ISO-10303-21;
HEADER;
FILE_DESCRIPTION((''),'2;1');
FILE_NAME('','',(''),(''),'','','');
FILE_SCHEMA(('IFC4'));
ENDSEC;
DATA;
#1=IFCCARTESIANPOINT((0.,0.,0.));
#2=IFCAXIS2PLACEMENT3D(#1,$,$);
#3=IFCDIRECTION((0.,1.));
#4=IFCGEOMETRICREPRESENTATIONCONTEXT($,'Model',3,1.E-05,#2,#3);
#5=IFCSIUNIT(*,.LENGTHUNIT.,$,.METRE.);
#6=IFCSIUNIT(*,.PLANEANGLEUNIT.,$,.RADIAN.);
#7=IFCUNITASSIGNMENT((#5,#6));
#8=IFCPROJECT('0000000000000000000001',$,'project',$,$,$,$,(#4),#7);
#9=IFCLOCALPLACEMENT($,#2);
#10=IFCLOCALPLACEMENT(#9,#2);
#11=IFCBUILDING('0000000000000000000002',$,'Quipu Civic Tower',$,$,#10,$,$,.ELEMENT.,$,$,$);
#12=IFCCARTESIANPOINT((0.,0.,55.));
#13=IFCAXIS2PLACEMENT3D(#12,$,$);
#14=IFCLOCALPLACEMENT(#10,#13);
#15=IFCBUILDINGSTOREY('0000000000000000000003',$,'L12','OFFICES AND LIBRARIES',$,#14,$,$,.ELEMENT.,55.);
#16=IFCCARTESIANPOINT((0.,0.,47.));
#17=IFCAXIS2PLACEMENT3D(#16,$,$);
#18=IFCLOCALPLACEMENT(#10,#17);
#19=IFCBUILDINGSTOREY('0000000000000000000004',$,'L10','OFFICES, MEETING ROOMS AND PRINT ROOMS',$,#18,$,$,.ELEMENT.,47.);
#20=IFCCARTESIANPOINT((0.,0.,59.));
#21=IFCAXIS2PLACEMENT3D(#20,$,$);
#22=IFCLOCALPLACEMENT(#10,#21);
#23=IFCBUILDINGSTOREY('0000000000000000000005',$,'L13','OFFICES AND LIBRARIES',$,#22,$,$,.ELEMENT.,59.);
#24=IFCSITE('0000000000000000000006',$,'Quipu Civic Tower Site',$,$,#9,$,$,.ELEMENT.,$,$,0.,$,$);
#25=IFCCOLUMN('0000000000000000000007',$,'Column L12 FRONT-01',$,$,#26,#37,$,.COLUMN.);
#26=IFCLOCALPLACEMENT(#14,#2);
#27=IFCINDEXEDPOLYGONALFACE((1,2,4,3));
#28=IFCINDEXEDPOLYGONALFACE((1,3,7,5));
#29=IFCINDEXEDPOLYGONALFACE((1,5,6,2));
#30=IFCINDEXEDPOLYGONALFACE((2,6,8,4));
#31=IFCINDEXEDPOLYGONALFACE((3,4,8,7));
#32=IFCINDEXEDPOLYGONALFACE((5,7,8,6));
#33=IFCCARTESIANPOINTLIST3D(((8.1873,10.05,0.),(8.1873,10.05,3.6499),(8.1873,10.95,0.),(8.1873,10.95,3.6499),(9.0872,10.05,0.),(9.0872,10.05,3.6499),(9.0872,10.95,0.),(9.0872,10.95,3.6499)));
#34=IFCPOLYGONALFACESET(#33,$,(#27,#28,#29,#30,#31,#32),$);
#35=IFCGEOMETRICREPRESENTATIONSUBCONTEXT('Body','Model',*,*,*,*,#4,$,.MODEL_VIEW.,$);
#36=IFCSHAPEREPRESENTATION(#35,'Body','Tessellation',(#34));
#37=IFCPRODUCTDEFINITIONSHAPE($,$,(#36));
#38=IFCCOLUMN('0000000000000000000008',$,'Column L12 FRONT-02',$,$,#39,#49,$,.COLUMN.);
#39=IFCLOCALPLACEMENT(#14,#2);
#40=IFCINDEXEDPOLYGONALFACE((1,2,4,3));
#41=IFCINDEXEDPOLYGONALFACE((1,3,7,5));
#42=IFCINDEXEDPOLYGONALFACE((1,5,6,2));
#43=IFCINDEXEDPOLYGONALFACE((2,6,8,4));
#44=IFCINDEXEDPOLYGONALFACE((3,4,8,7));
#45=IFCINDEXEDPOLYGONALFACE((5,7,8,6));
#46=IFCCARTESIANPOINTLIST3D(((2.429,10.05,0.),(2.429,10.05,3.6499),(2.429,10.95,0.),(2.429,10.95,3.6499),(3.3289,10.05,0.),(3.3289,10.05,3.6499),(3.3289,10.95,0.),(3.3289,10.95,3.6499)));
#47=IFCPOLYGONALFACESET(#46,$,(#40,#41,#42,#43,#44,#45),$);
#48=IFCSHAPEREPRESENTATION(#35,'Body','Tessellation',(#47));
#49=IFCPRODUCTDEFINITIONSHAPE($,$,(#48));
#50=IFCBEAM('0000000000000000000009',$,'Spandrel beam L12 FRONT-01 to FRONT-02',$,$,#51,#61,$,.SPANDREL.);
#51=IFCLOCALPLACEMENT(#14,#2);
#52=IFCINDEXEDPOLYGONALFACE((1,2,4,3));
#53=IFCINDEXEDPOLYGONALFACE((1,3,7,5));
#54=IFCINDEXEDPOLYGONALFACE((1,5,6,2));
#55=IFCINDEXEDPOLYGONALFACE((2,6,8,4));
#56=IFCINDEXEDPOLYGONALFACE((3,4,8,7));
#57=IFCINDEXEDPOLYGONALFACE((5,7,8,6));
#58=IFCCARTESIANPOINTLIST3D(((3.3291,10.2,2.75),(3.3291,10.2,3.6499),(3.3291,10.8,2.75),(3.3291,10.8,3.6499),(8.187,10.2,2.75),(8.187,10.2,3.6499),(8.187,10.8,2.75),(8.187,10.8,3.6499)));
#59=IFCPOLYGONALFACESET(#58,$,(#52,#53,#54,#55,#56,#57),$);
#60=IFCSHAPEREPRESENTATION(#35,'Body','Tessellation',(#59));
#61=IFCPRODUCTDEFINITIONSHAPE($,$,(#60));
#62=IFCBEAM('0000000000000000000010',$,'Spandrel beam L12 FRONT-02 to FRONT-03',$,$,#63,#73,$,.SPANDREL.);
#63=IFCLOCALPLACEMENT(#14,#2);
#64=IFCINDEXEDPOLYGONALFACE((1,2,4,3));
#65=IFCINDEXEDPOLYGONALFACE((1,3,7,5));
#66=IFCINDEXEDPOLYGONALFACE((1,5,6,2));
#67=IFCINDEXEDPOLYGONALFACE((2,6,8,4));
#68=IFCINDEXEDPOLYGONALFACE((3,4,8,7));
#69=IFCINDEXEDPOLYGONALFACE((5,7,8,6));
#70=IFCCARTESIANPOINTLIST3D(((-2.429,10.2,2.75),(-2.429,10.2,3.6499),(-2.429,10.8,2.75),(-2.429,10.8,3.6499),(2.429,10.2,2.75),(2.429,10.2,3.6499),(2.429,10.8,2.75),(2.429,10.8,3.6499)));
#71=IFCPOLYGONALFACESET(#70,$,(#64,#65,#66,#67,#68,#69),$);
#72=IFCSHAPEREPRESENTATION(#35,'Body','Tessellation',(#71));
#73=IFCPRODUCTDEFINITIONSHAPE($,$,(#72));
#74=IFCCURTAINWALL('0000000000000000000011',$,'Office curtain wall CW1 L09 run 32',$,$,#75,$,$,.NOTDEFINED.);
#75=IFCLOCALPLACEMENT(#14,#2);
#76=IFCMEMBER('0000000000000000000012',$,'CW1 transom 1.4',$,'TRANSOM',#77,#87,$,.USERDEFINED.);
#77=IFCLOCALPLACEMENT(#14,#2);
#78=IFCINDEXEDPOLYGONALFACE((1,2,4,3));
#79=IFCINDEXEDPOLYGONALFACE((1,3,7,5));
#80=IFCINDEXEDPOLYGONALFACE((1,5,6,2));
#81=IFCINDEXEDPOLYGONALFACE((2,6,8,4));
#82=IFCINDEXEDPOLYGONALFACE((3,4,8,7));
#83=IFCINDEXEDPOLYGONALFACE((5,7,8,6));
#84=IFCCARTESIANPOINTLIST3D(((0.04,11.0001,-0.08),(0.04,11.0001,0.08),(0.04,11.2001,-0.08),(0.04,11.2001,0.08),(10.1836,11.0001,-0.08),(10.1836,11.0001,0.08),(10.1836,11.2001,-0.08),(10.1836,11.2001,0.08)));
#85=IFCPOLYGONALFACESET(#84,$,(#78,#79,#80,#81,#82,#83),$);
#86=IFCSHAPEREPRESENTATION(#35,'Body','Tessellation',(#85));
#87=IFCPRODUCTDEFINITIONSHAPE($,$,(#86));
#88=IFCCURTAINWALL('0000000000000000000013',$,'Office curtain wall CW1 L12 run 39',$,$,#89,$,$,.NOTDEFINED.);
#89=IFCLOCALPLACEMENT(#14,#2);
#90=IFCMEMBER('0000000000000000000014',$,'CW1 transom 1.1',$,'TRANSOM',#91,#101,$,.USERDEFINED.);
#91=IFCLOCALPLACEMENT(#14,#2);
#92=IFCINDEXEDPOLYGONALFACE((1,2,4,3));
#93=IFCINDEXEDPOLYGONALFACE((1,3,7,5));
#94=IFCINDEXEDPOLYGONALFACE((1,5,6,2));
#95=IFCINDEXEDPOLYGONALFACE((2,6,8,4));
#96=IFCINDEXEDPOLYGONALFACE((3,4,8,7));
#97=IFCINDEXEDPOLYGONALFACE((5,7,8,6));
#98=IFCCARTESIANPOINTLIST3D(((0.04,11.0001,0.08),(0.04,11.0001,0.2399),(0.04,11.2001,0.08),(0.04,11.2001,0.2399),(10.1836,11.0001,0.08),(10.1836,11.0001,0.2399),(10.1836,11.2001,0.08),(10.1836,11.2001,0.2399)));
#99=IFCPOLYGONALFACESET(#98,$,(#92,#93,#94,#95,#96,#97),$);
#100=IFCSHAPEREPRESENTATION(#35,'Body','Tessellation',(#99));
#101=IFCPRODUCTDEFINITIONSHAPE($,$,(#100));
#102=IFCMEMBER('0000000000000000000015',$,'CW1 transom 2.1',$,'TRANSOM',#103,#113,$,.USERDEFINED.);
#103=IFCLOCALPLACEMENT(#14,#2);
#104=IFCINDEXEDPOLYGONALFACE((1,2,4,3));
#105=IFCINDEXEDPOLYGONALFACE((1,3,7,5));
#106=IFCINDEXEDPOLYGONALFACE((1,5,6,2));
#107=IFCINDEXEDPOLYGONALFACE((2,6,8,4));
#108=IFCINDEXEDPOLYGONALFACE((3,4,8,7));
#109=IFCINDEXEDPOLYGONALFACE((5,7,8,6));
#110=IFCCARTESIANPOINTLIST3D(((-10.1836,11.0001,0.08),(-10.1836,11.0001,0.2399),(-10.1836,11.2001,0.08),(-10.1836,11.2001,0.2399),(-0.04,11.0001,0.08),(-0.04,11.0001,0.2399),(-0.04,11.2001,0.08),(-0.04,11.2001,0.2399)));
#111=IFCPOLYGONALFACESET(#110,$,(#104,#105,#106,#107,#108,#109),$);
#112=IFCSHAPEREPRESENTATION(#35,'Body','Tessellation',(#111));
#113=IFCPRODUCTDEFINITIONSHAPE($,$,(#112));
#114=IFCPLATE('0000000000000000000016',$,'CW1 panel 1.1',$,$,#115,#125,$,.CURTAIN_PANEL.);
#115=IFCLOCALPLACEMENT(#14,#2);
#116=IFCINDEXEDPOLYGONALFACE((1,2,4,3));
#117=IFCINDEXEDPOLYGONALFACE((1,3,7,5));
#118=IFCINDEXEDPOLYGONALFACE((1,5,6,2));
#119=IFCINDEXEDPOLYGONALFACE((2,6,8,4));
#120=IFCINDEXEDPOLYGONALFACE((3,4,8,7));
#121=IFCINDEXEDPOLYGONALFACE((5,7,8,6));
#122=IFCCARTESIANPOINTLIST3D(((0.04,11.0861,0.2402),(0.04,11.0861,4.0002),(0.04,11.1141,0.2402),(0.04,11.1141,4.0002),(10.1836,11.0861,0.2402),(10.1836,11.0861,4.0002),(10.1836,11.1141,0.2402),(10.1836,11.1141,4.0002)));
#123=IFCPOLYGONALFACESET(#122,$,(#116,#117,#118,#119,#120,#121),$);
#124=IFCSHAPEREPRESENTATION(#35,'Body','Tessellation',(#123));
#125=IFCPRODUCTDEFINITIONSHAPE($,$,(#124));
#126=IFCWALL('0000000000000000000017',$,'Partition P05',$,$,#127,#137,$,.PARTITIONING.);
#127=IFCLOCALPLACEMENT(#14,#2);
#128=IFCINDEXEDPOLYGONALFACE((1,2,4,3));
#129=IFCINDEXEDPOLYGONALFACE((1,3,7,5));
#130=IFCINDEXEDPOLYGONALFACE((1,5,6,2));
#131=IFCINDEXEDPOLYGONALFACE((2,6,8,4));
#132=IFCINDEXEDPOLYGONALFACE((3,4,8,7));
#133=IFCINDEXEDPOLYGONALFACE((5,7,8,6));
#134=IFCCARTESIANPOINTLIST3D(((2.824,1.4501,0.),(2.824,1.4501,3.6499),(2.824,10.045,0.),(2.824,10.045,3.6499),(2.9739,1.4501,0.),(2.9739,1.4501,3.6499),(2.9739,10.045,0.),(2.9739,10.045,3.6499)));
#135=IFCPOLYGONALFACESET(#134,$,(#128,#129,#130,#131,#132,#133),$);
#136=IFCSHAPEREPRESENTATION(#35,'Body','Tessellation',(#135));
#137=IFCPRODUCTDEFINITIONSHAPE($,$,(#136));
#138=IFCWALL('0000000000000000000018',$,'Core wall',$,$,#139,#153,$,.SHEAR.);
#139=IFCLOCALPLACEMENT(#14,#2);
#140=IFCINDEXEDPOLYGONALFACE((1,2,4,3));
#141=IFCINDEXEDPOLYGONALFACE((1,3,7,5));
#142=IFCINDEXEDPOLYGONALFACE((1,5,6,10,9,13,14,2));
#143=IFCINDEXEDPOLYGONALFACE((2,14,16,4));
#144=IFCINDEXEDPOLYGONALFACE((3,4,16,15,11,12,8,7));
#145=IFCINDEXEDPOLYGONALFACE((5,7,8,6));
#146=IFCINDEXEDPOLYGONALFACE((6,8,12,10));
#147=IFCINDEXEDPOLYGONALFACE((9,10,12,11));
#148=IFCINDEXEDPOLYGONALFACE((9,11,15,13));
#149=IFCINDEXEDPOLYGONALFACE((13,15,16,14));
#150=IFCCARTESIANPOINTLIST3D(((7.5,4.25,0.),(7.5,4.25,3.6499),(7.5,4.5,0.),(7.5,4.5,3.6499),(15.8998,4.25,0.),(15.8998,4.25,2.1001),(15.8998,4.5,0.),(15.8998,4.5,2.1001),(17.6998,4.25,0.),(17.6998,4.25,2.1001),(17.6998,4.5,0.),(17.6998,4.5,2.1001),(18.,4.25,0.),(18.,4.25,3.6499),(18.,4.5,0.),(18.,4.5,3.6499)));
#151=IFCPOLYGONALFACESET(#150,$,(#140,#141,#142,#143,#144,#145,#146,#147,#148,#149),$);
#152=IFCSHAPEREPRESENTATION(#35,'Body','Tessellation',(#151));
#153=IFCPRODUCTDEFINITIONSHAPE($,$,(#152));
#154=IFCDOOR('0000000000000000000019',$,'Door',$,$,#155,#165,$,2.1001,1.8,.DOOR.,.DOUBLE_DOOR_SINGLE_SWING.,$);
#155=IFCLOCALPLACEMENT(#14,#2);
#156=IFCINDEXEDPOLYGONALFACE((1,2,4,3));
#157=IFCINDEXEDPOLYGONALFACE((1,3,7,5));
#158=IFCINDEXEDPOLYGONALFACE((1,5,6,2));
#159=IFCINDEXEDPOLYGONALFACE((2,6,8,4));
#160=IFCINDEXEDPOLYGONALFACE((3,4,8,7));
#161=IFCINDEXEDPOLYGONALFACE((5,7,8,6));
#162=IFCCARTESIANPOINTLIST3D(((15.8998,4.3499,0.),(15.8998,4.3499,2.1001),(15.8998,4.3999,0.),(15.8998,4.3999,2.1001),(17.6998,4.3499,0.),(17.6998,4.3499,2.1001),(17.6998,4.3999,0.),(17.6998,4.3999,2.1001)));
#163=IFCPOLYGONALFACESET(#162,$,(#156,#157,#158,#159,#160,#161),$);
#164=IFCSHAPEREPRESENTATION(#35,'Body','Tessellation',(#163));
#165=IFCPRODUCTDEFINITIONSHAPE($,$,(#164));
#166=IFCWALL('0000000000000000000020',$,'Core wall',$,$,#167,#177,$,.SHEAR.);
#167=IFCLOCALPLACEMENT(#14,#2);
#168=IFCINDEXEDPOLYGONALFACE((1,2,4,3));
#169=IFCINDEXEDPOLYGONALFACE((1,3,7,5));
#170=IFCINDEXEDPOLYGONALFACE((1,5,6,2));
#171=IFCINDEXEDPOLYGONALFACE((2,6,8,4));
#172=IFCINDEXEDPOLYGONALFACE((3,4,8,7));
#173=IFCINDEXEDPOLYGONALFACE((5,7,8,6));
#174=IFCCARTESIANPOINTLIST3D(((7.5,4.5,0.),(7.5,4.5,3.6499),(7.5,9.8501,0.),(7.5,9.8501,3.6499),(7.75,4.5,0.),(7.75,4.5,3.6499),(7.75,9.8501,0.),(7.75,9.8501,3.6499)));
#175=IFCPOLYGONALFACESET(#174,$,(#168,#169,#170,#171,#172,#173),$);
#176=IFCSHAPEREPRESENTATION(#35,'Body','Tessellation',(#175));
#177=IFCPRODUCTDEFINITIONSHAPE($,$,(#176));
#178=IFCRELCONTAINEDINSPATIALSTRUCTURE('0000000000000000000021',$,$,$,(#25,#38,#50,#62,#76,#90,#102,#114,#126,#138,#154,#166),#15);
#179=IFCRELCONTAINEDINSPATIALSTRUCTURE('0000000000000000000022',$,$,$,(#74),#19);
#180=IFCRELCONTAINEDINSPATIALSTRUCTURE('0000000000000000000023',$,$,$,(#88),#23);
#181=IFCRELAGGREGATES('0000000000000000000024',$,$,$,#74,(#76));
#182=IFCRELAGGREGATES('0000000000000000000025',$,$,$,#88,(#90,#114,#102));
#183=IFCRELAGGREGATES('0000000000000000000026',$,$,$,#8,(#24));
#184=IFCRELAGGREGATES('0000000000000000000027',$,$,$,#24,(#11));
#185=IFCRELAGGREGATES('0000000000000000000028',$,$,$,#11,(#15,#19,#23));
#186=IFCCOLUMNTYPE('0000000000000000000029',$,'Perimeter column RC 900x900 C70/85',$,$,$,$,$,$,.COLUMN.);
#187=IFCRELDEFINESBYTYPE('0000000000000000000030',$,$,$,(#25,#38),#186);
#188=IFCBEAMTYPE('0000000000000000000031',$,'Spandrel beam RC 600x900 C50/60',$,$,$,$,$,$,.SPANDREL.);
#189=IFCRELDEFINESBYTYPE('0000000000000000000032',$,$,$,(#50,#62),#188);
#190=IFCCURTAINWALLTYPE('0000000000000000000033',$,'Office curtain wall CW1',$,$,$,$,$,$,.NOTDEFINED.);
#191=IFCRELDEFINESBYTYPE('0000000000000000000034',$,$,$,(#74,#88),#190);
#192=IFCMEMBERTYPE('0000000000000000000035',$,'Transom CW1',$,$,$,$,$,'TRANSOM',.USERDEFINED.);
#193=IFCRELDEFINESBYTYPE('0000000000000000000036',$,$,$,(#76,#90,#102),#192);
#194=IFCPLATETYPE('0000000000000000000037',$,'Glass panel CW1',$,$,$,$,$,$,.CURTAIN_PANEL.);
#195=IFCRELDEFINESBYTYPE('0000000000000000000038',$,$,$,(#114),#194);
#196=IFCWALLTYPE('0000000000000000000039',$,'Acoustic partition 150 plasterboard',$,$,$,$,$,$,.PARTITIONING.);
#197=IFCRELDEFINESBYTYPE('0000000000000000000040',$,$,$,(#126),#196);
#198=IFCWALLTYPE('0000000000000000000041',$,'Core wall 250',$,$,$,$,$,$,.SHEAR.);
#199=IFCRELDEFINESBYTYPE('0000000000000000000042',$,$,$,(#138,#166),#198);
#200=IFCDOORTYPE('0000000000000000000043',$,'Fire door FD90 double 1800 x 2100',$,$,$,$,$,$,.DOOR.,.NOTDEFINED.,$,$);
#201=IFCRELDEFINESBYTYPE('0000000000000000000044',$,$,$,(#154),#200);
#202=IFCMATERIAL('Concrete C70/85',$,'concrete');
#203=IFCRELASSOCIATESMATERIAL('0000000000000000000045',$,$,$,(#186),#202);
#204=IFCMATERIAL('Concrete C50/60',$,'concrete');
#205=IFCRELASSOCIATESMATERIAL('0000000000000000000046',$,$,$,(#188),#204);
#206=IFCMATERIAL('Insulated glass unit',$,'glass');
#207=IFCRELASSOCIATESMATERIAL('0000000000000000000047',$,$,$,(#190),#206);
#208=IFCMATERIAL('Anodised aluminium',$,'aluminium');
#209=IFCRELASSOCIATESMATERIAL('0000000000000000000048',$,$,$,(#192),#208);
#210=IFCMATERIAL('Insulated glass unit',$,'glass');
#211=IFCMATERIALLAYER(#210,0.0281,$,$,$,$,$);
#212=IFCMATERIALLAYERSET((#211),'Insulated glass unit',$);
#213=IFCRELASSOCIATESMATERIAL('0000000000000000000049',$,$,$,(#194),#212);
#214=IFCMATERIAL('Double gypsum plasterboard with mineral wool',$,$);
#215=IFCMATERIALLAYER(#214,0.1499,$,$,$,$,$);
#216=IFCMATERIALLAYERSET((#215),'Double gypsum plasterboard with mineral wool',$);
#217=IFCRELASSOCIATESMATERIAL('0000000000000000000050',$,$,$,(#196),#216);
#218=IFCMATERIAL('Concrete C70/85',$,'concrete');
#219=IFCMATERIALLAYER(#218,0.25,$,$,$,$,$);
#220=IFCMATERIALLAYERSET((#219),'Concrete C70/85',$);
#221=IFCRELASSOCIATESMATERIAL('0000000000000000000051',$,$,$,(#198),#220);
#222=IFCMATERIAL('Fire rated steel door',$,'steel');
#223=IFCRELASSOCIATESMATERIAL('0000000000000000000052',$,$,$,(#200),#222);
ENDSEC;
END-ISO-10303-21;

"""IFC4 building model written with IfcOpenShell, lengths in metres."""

from ifc_helpers import new_model, si_unit, direction, frame, frame_2d, origin, origin_2d, place, context, subcontext, project, spatial, rectangle, extrude, material, layer, layer_set, material_profile, profile_set, type_object, element, fill, aggregate, save


model = new_model("IFC4")

# Units and contexts
model_context = context("Model", 3, precision=1e-05, world=origin(), true_north=direction((0.0, 1.0)))
body_context = subcontext(model_context, "Body", "Model", "MODEL_VIEW")
ifc_project = project(units=[si_unit("LENGTHUNIT", "METRE"), si_unit("PLANEANGLEUNIT", "RADIAN")], contexts=[model_context])

# Site, building, storey
site_placement = place(None, origin())
site = spatial("IfcSite", under=ifc_project, at=site_placement, Name="Quipu Civic Tower Site", CompositionType="ELEMENT", RefElevation=0.0)
building_placement = place(site_placement, origin())
building = spatial("IfcBuilding", under=site, at=building_placement, Name="Quipu Civic Tower", CompositionType="ELEMENT")
storey_1_placement = place(building_placement, frame((0.0, 0.0, 55.0)))
storey_1 = spatial("IfcBuildingStorey", under=building, at=storey_1_placement, Name="L12", Description="OFFICES AND LIBRARIES", CompositionType="ELEMENT", Elevation=55.0)

# Columns
ifc_material_1 = material(Name="Concrete C70/85", Category="concrete")
ifc_material_profile_1 = material_profile(ifc_material_1, rectangle(XDim=0.8999, YDim=0.8999, at=origin_2d()), Name="RC900x900")
ifc_profile_set_1 = profile_set([ifc_material_profile_1], Name="Concrete C70/85")
column_type = type_object("IfcColumnType", Name="Perimeter column RC 900x900 C70/85", PredefinedType="COLUMN", material=ifc_profile_set_1)
for number, where, z_axis, x_axis, name in (
    (1, (8.6372, 10.5, 0.0), (0.0, 0.0, 1.0), (-1.0, 0.0, 0.0), "Column L12 FRONT-01"),
    (2, (2.8789, 10.5, 0.0), (0.0, 0.0, 1.0), (-1.0, 0.0, 0.0), "Column L12 FRONT-02"),
):
    element("IfcColumn", number, at=place(storey_1_placement, frame(where, z_axis=z_axis, x_axis=x_axis)), inside=storey_1, type_object=column_type, Name=name, PredefinedType="COLUMN", context=body_context, shape_type="SweptSolid", body=[
        extrude(rectangle(XDim=0.8999, YDim=0.8999, at=origin_2d()), origin(), (0.0, 0.0, 1.0), 3.6499),
    ])

# Beams
ifc_material_2 = material(Name="Concrete C50/60", Category="concrete")
ifc_material_profile_2 = material_profile(ifc_material_2, rectangle(XDim=0.6001, YDim=0.8999, at=origin_2d()), Name="RC600x900")
ifc_profile_set_2 = profile_set([ifc_material_profile_2], Name="Concrete C50/60")
beam_type = type_object("IfcBeamType", Name="Spandrel beam RC 600x900 C50/60", PredefinedType="SPANDREL", material=ifc_profile_set_2)
for number, where, z_axis, x_axis, name in (
    (3, (8.187, 10.5, 3.2), (-1.0, 0.0, 0.0), (0.0, -1.0, 0.0), "Spandrel beam L12 FRONT-01 to FRONT-02"),
    (4, (2.429, 10.5, 3.2), (-1.0, 0.0, 0.0), (0.0, -1.0, 0.0), "Spandrel beam L12 FRONT-02 to FRONT-03"),
):
    element("IfcBeam", number, at=place(storey_1_placement, frame(where, z_axis=z_axis, x_axis=x_axis)), inside=storey_1, type_object=beam_type, Name=name, PredefinedType="SPANDREL", context=body_context, shape_type="SweptSolid", body=[
        extrude(rectangle(XDim=0.6001, YDim=0.8999, at=origin_2d()), origin(), (0.0, 0.0, 1.0), 4.8579),
    ])

# Shared definitions
storey_2_placement = place(building_placement, frame((0.0, 0.0, 47.0)))
storey_2 = spatial("IfcBuildingStorey", under=building, at=storey_2_placement, Name="L10", Description="OFFICES, MEETING ROOMS AND PRINT ROOMS", CompositionType="ELEMENT", Elevation=47.0)

# Curtain wall, member
ifc_material_3 = material(Name="Insulated glass unit", Category="glass")
curtain_wall_type = type_object("IfcCurtainWallType", Name="Office curtain wall CW1", PredefinedType="NOTDEFINED", material=ifc_material_3)
curtain_wall_1_placement = place(storey_2_placement, origin())
curtain_wall_1 = element("IfcCurtainWall", 5, at=curtain_wall_1_placement, inside=storey_2, type_object=curtain_wall_type, Name="Office curtain wall CW1 L09 run 32", PredefinedType="NOTDEFINED")
ifc_material_4 = material(Name="Anodised aluminium", Category="aluminium")
ifc_material_profile_3 = material_profile(ifc_material_4, rectangle(XDim=0.2, YDim=0.1599, at=origin_2d()), Name="RECT 200x160")
ifc_profile_set_3 = profile_set([ifc_material_profile_3], Name="Anodised aluminium")
member_type = type_object("IfcMemberType", Name="Transom CW1", ElementType="TRANSOM", PredefinedType="USERDEFINED", material=ifc_profile_set_3)
member_1_placement = place(storey_1_placement, frame((10.1836, 11.1001, 0.0), z_axis=(-1.0, 0.0, 0.0), x_axis=(0.0, -1.0, 0.0)))
member_1 = element("IfcMember", 6, at=member_1_placement, inside=storey_1, type_object=member_type, Name="CW1 transom 1.4", ObjectType="TRANSOM", PredefinedType="USERDEFINED", context=body_context, shape_type="SweptSolid", body=[
    extrude(rectangle(XDim=0.2, YDim=0.1599, at=origin_2d()), origin(), (0.0, 0.0, 1.0), 10.1436),
])
aggregate(curtain_wall_1, [member_1])

# Shared definitions
storey_3_placement = place(building_placement, frame((0.0, 0.0, 59.0)))
storey_3 = spatial("IfcBuildingStorey", under=building, at=storey_3_placement, Name="L13", Description="OFFICES AND LIBRARIES", CompositionType="ELEMENT", Elevation=59.0)

# Curtain wall, members, plate
curtain_wall_2_placement = place(storey_3_placement, origin())
curtain_wall_2 = element("IfcCurtainWall", 7, at=curtain_wall_2_placement, inside=storey_3, type_object=curtain_wall_type, Name="Office curtain wall CW1 L12 run 39", PredefinedType="NOTDEFINED")
member_2_placement = place(storey_1_placement, frame((10.1836, 11.1001, 0.1599), z_axis=(-1.0, 0.0, 0.0), x_axis=(0.0, -1.0, 0.0)))
member_2 = element("IfcMember", 8, at=member_2_placement, inside=storey_1, type_object=member_type, Name="CW1 transom 1.1", ObjectType="TRANSOM", PredefinedType="USERDEFINED", context=body_context, shape_type="SweptSolid", body=[
    extrude(rectangle(XDim=0.2, YDim=0.1599, at=origin_2d()), origin(), (0.0, 0.0, 1.0), 10.1436),
])
member_3_placement = place(storey_1_placement, frame((-0.04, 11.1001, 0.1599), z_axis=(-1.0, 0.0, 0.0), x_axis=(0.0, -1.0, 0.0)))
member_3 = element("IfcMember", 9, at=member_3_placement, inside=storey_1, type_object=member_type, Name="CW1 transom 2.1", ObjectType="TRANSOM", PredefinedType="USERDEFINED", context=body_context, shape_type="SweptSolid", body=[
    extrude(rectangle(XDim=0.2, YDim=0.1599, at=origin_2d()), origin(), (0.0, 0.0, 1.0), 10.1436),
])
ifc_material_5 = material(Name="Insulated glass unit", Category="glass")
ifc_layer_1 = layer(ifc_material_5, 0.0281)
ifc_layer_set_1 = layer_set([ifc_layer_1], Name="Insulated glass unit")
plate_type = type_object("IfcPlateType", Name="Glass panel CW1", PredefinedType="CURTAIN_PANEL", material=ifc_layer_set_1)
plate_placement = place(storey_1_placement, frame((5.1118, 11.1001, 0.2402), z_axis=(0.0, 0.0, 1.0), x_axis=(-1.0, 0.0, 0.0)))
plate = element("IfcPlate", 10, at=plate_placement, inside=storey_1, type_object=plate_type, Name="CW1 panel 1.1", PredefinedType="CURTAIN_PANEL", context=body_context, shape_type="SweptSolid", body=[
    extrude(rectangle(XDim=10.1436, YDim=0.0281, at=origin_2d()), origin(), (0.0, 0.0, 1.0), 3.76),
])
aggregate(curtain_wall_2, [member_2, plate, member_3])

# Wall
ifc_material_6 = material(Name="Double gypsum plasterboard with mineral wool")
ifc_layer_2 = layer(ifc_material_6, 0.1499)
ifc_layer_set_2 = layer_set([ifc_layer_2], Name="Double gypsum plasterboard with mineral wool")
wall_type_1 = type_object("IfcWallType", Name="Acoustic partition 150 plasterboard", PredefinedType="PARTITIONING", material=ifc_layer_set_2)
wall_1_placement = place(storey_1_placement, frame((2.8989, 10.0449, 0.0), z_axis=(0.0, 0.0, 1.0), x_axis=(0.0, -1.0, 0.0)))
element("IfcWall", 11, at=wall_1_placement, inside=storey_1, type_object=wall_type_1, Name="Partition P05", PredefinedType="PARTITIONING", context=body_context, shape_type="SweptSolid", body=[
    extrude(rectangle(XDim=8.595, YDim=0.1499, at=frame_2d((4.2974, 0.0))), origin(), (0.0, 0.0, 1.0), 3.6499),
])

# Wall, opening, door
ifc_material_7 = material(Name="Concrete C70/85", Category="concrete")
ifc_layer_3 = layer(ifc_material_7, 0.25)
ifc_layer_set_3 = layer_set([ifc_layer_3], Name="Concrete C70/85")
wall_type_2 = type_object("IfcWallType", Name="Core wall 250", PredefinedType="SHEAR", material=ifc_layer_set_3)
wall_2_placement = place(storey_1_placement, frame((7.5, 4.375, 0.0), z_axis=(0.0, 0.0, 1.0), x_axis=(1.0, 0.0, 0.0)))
wall_2 = element("IfcWall", 12, at=wall_2_placement, inside=storey_1, type_object=wall_type_2, Name="Core wall", PredefinedType="SHEAR", context=body_context, shape_type="SweptSolid", body=[
    extrude(rectangle(XDim=10.5, YDim=0.25, at=frame_2d((5.25, 0.0))), origin(), (0.0, 0.0, 1.0), 3.6499),
])
opening_1_placement = place(wall_2_placement, frame((8.3999, 0.0, 0.0)))
opening_1 = element("IfcOpeningElement", 13, at=opening_1_placement, cuts=wall_2, PredefinedType="OPENING", context=body_context, shape_type="SweptSolid", body=[
    extrude(rectangle(XDim=1.8, YDim=2.1001, at=frame_2d((0.8999, 1.05))), frame((0.0, 0.135, 0.0), z_axis=(0.0, -1.0, 0.0), x_axis=(1.0, 0.0, 0.0)), (0.0, 0.0, 1.0), 0.27),
])
ifc_material_8 = material(Name="Fire rated steel door", Category="steel")
door_type = type_object("IfcDoorType", Name="Fire door FD90 double 1800 x 2100", OperationType="NOTDEFINED", PredefinedType="DOOR", material=ifc_material_8)
door_placement = place(opening_1_placement, origin())
door = element("IfcDoor", 14, at=door_placement, inside=storey_1, type_object=door_type, Name="Door", OperationType="DOUBLE_DOOR_SINGLE_SWING", OverallHeight=2.1001, OverallWidth=1.8, PredefinedType="DOOR", context=body_context, shape_type="SweptSolid", body=[
    extrude(rectangle(XDim=1.8, YDim=2.1001, at=frame_2d((0.8999, 1.05))), frame((0.0, 0.0249, 0.0), z_axis=(0.0, -1.0, 0.0), x_axis=(1.0, 0.0, 0.0)), (0.0, 0.0, 1.0), 0.05),
])
fill(opening_1, door)

# Wall
wall_3_placement = place(storey_1_placement, frame((7.625, 4.5, 0.0), z_axis=(0.0, 0.0, 1.0), x_axis=(0.0, 1.0, 0.0)))
element("IfcWall", 15, at=wall_3_placement, inside=storey_1, type_object=wall_type_2, Name="Core wall", PredefinedType="SHEAR", context=body_context, shape_type="SweptSolid", body=[
    extrude(rectangle(XDim=5.3501, YDim=0.25, at=frame_2d((2.675, 0.0))), origin(), (0.0, 0.0, 1.0), 3.6499),
])

save(model, "model.ifc")
